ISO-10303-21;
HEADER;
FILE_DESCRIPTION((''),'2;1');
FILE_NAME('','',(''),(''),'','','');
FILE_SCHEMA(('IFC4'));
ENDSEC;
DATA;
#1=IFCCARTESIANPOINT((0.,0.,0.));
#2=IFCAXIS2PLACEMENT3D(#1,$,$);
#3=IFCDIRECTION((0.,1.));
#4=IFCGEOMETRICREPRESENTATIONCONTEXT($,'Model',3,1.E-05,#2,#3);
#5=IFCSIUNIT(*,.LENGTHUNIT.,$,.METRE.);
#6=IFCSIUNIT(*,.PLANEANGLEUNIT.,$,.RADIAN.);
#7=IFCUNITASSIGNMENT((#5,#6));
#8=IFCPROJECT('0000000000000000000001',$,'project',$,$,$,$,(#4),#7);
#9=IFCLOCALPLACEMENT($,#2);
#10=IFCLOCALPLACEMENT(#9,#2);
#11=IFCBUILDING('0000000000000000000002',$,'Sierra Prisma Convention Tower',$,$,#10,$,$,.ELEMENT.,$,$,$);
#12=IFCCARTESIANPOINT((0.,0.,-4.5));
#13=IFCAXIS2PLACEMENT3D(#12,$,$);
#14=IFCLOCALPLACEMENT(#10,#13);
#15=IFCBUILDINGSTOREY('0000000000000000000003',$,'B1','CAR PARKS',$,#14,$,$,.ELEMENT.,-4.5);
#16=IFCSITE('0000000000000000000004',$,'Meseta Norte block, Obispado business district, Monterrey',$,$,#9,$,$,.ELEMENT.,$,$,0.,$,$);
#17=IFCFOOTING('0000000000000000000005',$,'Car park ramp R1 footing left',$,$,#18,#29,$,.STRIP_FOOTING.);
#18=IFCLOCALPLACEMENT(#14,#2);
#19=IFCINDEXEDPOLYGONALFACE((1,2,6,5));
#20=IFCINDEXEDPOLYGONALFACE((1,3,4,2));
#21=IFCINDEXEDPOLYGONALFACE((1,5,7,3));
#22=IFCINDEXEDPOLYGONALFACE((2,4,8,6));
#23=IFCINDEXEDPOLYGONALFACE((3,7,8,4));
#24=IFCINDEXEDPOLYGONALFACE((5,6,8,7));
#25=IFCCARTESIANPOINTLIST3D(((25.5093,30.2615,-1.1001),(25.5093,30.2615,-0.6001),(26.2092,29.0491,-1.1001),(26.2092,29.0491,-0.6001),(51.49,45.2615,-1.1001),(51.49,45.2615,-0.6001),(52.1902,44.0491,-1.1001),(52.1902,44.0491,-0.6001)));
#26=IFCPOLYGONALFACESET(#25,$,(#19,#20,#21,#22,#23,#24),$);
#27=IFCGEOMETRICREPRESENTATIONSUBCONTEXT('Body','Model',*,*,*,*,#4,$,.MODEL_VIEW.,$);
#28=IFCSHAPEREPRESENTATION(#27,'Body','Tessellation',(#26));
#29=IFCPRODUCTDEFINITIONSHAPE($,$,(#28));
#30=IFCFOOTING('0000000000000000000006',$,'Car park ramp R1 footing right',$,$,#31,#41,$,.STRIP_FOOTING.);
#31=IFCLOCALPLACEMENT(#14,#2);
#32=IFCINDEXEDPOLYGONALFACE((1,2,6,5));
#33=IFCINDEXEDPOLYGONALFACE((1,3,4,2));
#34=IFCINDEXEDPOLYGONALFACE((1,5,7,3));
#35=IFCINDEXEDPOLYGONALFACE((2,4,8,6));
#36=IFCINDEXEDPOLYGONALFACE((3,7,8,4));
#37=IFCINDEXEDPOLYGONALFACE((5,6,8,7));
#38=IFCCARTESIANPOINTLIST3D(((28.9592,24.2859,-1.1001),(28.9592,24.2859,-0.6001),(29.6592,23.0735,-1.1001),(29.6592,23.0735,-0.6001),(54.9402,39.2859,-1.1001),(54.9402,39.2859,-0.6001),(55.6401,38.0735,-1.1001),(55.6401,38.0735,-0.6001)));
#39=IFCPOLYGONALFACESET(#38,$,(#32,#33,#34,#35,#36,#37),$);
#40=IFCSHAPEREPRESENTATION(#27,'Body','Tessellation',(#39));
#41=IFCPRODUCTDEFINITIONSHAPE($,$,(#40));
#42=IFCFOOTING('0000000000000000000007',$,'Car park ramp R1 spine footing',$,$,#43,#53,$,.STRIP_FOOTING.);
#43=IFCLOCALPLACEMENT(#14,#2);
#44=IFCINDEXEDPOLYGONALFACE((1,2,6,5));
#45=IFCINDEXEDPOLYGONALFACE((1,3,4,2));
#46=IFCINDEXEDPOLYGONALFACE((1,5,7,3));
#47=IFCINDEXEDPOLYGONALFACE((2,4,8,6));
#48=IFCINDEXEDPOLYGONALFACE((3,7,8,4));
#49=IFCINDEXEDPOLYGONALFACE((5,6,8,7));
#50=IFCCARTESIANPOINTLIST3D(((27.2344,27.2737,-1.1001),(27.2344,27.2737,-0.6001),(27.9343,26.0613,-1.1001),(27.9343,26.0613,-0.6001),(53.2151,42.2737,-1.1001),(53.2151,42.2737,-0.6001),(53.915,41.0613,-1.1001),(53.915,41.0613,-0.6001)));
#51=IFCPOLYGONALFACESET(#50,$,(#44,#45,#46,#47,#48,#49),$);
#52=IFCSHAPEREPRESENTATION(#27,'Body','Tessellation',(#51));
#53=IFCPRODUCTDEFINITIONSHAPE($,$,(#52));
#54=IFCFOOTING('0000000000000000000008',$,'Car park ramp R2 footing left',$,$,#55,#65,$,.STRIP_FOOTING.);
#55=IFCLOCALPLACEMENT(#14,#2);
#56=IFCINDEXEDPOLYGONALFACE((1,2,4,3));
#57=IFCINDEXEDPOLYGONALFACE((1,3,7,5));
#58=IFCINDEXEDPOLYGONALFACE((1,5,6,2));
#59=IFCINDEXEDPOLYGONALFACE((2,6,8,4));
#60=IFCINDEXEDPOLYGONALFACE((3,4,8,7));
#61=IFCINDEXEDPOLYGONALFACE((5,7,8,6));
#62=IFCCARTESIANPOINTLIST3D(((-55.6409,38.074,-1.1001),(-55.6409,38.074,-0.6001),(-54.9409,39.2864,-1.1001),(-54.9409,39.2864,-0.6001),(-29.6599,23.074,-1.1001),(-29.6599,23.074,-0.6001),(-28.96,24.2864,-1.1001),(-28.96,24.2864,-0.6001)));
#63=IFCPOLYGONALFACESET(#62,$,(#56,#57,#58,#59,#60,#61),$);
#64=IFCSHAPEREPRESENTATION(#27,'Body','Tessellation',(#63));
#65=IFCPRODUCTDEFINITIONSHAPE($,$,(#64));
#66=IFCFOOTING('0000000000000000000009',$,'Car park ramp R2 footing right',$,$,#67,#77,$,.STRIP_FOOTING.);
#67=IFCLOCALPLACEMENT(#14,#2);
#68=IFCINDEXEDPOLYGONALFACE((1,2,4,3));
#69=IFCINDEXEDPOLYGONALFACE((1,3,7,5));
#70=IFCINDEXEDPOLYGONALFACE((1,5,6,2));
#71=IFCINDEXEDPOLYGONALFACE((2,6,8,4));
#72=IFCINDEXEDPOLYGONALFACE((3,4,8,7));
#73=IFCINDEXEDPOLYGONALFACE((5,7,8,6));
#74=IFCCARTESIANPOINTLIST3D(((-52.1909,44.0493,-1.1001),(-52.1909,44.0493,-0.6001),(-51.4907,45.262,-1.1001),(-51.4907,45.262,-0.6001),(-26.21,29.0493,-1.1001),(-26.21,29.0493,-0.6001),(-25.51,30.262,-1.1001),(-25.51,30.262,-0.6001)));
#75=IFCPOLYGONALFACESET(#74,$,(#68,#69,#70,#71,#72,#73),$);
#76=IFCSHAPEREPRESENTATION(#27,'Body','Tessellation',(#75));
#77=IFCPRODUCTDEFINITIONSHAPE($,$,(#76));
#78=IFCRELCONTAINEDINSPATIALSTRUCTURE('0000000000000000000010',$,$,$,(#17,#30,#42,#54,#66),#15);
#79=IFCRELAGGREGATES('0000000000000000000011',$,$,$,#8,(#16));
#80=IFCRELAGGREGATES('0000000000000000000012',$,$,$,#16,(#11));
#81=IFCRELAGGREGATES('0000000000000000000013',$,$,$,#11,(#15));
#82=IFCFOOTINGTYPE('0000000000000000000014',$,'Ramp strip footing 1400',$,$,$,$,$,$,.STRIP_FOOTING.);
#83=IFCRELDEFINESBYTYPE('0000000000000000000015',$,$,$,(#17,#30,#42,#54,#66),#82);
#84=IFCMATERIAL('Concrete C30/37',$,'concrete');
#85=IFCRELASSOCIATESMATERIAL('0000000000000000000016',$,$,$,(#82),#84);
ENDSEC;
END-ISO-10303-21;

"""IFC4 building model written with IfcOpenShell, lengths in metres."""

from ifc_helpers import new_model, si_unit, direction, frame, origin, place, context, subcontext, project, spatial, polyline, outline, extrude, material, type_object, element, save


model = new_model("IFC4")

# Units and contexts
model_context = context("Model", 3, precision=1e-05, world=origin(), true_north=direction((0.0, 1.0)))
body_context = subcontext(model_context, "Body", "Model", "MODEL_VIEW")
ifc_project = project(units=[si_unit("LENGTHUNIT", "METRE"), si_unit("PLANEANGLEUNIT", "RADIAN")], contexts=[model_context])

# Site, building, storey
site_placement = place(None, origin())
site = spatial("IfcSite", under=ifc_project, at=site_placement, Name="Meseta Norte block, Obispado business district, Monterrey", CompositionType="ELEMENT", RefElevation=0.0)
building_placement = place(site_placement, origin())
building = spatial("IfcBuilding", under=site, at=building_placement, Name="Sierra Prisma Convention Tower", CompositionType="ELEMENT")
storey_placement = place(building_placement, frame((0.0, 0.0, -4.5)))
storey = spatial("IfcBuildingStorey", under=building, at=storey_placement, Name="B1", Description="CAR PARKS", CompositionType="ELEMENT", Elevation=-4.5)

# Footings
ifc_material_1 = material(Name="Concrete C30/37", Category="concrete")
footing_type = type_object("IfcFootingType", Name="Ramp strip footing 1400", PredefinedType="STRIP_FOOTING", material=ifc_material_1)
footing_1_placement = place(storey_placement, frame((0.0, 0.0, -1.1001)))
element("IfcFooting", 1, at=footing_1_placement, inside=storey, type_object=footing_type, Name="Car park ramp R1 footing left", PredefinedType="STRIP_FOOTING", context=body_context, shape_type="SweptSolid", body=[
    extrude(outline(polyline([(26.2092, 29.0491), (52.1902, 44.0491), (51.49, 45.2615), (25.5093, 30.2615), (26.2092, 29.0491)])), origin(), (0.0, 0.0, 1.0), 0.5),
])
footing_2_placement = place(storey_placement, frame((0.0, 0.0, -1.1001)))
element("IfcFooting", 2, at=footing_2_placement, inside=storey, type_object=footing_type, Name="Car park ramp R1 footing right", PredefinedType="STRIP_FOOTING", context=body_context, shape_type="SweptSolid", body=[
    extrude(outline(polyline([(29.6592, 23.0735), (55.6401, 38.0735), (54.9402, 39.2859), (28.9592, 24.2859), (29.6592, 23.0735)])), origin(), (0.0, 0.0, 1.0), 0.5),
])
footing_3_placement = place(storey_placement, frame((0.0, 0.0, -1.1001)))
element("IfcFooting", 3, at=footing_3_placement, inside=storey, type_object=footing_type, Name="Car park ramp R1 spine footing", PredefinedType="STRIP_FOOTING", context=body_context, shape_type="SweptSolid", body=[
    extrude(outline(polyline([(27.9343, 26.0613), (53.915, 41.0613), (53.2151, 42.2737), (27.2344, 27.2737), (27.9343, 26.0613)])), origin(), (0.0, 0.0, 1.0), 0.5),
])
footing_4_placement = place(storey_placement, frame((0.0, 0.0, -1.1001)))
element("IfcFooting", 4, at=footing_4_placement, inside=storey, type_object=footing_type, Name="Car park ramp R2 footing left", PredefinedType="STRIP_FOOTING", context=body_context, shape_type="SweptSolid", body=[
    extrude(outline(polyline([(-28.96, 24.2864), (-54.9409, 39.2864), (-55.6409, 38.074), (-29.6599, 23.074), (-28.96, 24.2864)])), origin(), (0.0, 0.0, 1.0), 0.5),
])
footing_5_placement = place(storey_placement, frame((0.0, 0.0, -1.1001)))
element("IfcFooting", 5, at=footing_5_placement, inside=storey, type_object=footing_type, Name="Car park ramp R2 footing right", PredefinedType="STRIP_FOOTING", context=body_context, shape_type="SweptSolid", body=[
    extrude(outline(polyline([(-25.51, 30.262), (-51.4907, 45.262), (-52.1909, 44.0493), (-26.21, 29.0493), (-25.51, 30.262)])), origin(), (0.0, 0.0, 1.0), 0.5),
])

save(model, "model.ifc")
